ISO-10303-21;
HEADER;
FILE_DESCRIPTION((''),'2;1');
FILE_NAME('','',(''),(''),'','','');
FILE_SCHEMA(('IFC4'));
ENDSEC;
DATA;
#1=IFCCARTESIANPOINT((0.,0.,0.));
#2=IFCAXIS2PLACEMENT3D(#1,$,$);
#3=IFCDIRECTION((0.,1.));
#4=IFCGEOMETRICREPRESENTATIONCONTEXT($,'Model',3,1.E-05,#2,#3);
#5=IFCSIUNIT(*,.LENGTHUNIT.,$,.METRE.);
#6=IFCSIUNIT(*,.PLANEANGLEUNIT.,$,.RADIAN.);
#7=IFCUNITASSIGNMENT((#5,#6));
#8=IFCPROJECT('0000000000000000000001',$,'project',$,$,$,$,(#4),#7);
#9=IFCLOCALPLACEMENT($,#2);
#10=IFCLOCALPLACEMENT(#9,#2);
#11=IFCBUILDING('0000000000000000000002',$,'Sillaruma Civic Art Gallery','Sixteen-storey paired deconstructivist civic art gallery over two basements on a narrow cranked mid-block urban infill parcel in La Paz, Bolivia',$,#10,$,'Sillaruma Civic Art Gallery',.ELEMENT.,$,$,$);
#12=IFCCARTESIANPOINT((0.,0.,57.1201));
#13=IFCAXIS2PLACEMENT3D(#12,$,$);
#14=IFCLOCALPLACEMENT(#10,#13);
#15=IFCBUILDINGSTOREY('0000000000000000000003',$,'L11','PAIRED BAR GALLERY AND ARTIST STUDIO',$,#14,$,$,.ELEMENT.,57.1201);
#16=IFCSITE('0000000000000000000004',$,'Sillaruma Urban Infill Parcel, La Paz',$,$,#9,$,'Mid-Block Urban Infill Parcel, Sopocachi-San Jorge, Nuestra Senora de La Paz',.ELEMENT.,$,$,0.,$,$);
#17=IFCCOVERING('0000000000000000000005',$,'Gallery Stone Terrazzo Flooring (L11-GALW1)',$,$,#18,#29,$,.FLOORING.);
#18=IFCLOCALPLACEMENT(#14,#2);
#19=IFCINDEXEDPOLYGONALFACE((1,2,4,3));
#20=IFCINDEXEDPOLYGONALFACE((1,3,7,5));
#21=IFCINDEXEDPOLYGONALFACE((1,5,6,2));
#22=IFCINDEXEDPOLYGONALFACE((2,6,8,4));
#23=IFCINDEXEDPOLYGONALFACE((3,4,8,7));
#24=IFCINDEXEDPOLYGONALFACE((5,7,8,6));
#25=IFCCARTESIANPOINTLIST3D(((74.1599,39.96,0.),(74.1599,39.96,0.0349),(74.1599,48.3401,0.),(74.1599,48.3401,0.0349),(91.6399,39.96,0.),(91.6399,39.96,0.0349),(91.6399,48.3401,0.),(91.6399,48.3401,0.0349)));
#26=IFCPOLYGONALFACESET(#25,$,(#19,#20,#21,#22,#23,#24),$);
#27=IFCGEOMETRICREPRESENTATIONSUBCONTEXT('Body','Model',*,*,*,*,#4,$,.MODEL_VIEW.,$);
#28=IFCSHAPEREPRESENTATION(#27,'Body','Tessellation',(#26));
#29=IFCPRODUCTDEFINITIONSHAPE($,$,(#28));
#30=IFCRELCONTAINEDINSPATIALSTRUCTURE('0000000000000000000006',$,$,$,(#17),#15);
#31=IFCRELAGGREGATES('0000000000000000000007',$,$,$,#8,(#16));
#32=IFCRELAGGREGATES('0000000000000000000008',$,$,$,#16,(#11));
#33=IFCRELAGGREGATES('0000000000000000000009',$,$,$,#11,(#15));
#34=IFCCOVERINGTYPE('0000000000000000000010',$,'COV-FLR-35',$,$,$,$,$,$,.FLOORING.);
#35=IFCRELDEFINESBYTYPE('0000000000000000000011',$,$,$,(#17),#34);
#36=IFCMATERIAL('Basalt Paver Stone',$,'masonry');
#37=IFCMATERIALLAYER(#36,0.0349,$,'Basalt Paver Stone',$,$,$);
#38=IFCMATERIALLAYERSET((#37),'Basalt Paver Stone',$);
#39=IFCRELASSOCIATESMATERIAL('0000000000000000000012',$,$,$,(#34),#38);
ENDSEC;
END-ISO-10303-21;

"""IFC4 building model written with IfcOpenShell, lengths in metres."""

from ifc_helpers import new_model, si_unit, direction, frame, origin, place, context, subcontext, project, spatial, polyline, outline, extrude, material, layer, layer_set, type_object, element, save


model = new_model("IFC4")

# Units and contexts
model_context = context("Model", 3, precision=1e-05, world=origin(), true_north=direction((0.0, 1.0)))
body_context = subcontext(model_context, "Body", "Model", "MODEL_VIEW")
ifc_project = project(units=[si_unit("LENGTHUNIT", "METRE"), si_unit("PLANEANGLEUNIT", "RADIAN")], contexts=[model_context])

# Site, building, storey
site_placement = place(None, origin())
site = spatial("IfcSite", under=ifc_project, at=site_placement, Name="Sillaruma Urban Infill Parcel, La Paz", LongName="Mid-Block Urban Infill Parcel, Sopocachi-San Jorge, Nuestra Senora de La Paz", CompositionType="ELEMENT", RefElevation=0.0)
building_placement = place(site_placement, origin())
building = spatial("IfcBuilding", under=site, at=building_placement, Name="Sillaruma Civic Art Gallery", Description="Sixteen-storey paired deconstructivist civic art gallery over two basements on a narrow cranked mid-block urban infill parcel in La Paz, Bolivia", LongName="Sillaruma Civic Art Gallery", CompositionType="ELEMENT")
storey_placement = place(building_placement, frame((0.0, 0.0, 57.1201)))
storey = spatial("IfcBuildingStorey", under=building, at=storey_placement, Name="L11", Description="PAIRED BAR GALLERY AND ARTIST STUDIO", CompositionType="ELEMENT", Elevation=57.1201)

# Covering
ifc_material_1 = material(Name="Basalt Paver Stone", Category="masonry")
ifc_layer_1 = layer(ifc_material_1, 0.0349, Name="Basalt Paver Stone")
ifc_layer_set_1 = layer_set([ifc_layer_1], Name="Basalt Paver Stone")
covering_type_1 = type_object("IfcCoveringType", Name="COV-FLR-35", PredefinedType="FLOORING", material=ifc_layer_set_1)
covering_1_placement = place(storey_placement, origin())
element("IfcCovering", 1, at=covering_1_placement, inside=storey, type_object=covering_type_1, Name="Gallery Stone Terrazzo Flooring (L11-GALW1)", PredefinedType="FLOORING", context=body_context, shape_type="SweptSolid", body=[
    extrude(outline(polyline([(74.1599, 39.96), (91.6399, 39.96), (91.6399, 48.3401), (74.1599, 48.3401), (74.1599, 39.96)])), origin(), (0.0, 0.0, 1.0), 0.0349),
])

save(model, "model.ifc")
